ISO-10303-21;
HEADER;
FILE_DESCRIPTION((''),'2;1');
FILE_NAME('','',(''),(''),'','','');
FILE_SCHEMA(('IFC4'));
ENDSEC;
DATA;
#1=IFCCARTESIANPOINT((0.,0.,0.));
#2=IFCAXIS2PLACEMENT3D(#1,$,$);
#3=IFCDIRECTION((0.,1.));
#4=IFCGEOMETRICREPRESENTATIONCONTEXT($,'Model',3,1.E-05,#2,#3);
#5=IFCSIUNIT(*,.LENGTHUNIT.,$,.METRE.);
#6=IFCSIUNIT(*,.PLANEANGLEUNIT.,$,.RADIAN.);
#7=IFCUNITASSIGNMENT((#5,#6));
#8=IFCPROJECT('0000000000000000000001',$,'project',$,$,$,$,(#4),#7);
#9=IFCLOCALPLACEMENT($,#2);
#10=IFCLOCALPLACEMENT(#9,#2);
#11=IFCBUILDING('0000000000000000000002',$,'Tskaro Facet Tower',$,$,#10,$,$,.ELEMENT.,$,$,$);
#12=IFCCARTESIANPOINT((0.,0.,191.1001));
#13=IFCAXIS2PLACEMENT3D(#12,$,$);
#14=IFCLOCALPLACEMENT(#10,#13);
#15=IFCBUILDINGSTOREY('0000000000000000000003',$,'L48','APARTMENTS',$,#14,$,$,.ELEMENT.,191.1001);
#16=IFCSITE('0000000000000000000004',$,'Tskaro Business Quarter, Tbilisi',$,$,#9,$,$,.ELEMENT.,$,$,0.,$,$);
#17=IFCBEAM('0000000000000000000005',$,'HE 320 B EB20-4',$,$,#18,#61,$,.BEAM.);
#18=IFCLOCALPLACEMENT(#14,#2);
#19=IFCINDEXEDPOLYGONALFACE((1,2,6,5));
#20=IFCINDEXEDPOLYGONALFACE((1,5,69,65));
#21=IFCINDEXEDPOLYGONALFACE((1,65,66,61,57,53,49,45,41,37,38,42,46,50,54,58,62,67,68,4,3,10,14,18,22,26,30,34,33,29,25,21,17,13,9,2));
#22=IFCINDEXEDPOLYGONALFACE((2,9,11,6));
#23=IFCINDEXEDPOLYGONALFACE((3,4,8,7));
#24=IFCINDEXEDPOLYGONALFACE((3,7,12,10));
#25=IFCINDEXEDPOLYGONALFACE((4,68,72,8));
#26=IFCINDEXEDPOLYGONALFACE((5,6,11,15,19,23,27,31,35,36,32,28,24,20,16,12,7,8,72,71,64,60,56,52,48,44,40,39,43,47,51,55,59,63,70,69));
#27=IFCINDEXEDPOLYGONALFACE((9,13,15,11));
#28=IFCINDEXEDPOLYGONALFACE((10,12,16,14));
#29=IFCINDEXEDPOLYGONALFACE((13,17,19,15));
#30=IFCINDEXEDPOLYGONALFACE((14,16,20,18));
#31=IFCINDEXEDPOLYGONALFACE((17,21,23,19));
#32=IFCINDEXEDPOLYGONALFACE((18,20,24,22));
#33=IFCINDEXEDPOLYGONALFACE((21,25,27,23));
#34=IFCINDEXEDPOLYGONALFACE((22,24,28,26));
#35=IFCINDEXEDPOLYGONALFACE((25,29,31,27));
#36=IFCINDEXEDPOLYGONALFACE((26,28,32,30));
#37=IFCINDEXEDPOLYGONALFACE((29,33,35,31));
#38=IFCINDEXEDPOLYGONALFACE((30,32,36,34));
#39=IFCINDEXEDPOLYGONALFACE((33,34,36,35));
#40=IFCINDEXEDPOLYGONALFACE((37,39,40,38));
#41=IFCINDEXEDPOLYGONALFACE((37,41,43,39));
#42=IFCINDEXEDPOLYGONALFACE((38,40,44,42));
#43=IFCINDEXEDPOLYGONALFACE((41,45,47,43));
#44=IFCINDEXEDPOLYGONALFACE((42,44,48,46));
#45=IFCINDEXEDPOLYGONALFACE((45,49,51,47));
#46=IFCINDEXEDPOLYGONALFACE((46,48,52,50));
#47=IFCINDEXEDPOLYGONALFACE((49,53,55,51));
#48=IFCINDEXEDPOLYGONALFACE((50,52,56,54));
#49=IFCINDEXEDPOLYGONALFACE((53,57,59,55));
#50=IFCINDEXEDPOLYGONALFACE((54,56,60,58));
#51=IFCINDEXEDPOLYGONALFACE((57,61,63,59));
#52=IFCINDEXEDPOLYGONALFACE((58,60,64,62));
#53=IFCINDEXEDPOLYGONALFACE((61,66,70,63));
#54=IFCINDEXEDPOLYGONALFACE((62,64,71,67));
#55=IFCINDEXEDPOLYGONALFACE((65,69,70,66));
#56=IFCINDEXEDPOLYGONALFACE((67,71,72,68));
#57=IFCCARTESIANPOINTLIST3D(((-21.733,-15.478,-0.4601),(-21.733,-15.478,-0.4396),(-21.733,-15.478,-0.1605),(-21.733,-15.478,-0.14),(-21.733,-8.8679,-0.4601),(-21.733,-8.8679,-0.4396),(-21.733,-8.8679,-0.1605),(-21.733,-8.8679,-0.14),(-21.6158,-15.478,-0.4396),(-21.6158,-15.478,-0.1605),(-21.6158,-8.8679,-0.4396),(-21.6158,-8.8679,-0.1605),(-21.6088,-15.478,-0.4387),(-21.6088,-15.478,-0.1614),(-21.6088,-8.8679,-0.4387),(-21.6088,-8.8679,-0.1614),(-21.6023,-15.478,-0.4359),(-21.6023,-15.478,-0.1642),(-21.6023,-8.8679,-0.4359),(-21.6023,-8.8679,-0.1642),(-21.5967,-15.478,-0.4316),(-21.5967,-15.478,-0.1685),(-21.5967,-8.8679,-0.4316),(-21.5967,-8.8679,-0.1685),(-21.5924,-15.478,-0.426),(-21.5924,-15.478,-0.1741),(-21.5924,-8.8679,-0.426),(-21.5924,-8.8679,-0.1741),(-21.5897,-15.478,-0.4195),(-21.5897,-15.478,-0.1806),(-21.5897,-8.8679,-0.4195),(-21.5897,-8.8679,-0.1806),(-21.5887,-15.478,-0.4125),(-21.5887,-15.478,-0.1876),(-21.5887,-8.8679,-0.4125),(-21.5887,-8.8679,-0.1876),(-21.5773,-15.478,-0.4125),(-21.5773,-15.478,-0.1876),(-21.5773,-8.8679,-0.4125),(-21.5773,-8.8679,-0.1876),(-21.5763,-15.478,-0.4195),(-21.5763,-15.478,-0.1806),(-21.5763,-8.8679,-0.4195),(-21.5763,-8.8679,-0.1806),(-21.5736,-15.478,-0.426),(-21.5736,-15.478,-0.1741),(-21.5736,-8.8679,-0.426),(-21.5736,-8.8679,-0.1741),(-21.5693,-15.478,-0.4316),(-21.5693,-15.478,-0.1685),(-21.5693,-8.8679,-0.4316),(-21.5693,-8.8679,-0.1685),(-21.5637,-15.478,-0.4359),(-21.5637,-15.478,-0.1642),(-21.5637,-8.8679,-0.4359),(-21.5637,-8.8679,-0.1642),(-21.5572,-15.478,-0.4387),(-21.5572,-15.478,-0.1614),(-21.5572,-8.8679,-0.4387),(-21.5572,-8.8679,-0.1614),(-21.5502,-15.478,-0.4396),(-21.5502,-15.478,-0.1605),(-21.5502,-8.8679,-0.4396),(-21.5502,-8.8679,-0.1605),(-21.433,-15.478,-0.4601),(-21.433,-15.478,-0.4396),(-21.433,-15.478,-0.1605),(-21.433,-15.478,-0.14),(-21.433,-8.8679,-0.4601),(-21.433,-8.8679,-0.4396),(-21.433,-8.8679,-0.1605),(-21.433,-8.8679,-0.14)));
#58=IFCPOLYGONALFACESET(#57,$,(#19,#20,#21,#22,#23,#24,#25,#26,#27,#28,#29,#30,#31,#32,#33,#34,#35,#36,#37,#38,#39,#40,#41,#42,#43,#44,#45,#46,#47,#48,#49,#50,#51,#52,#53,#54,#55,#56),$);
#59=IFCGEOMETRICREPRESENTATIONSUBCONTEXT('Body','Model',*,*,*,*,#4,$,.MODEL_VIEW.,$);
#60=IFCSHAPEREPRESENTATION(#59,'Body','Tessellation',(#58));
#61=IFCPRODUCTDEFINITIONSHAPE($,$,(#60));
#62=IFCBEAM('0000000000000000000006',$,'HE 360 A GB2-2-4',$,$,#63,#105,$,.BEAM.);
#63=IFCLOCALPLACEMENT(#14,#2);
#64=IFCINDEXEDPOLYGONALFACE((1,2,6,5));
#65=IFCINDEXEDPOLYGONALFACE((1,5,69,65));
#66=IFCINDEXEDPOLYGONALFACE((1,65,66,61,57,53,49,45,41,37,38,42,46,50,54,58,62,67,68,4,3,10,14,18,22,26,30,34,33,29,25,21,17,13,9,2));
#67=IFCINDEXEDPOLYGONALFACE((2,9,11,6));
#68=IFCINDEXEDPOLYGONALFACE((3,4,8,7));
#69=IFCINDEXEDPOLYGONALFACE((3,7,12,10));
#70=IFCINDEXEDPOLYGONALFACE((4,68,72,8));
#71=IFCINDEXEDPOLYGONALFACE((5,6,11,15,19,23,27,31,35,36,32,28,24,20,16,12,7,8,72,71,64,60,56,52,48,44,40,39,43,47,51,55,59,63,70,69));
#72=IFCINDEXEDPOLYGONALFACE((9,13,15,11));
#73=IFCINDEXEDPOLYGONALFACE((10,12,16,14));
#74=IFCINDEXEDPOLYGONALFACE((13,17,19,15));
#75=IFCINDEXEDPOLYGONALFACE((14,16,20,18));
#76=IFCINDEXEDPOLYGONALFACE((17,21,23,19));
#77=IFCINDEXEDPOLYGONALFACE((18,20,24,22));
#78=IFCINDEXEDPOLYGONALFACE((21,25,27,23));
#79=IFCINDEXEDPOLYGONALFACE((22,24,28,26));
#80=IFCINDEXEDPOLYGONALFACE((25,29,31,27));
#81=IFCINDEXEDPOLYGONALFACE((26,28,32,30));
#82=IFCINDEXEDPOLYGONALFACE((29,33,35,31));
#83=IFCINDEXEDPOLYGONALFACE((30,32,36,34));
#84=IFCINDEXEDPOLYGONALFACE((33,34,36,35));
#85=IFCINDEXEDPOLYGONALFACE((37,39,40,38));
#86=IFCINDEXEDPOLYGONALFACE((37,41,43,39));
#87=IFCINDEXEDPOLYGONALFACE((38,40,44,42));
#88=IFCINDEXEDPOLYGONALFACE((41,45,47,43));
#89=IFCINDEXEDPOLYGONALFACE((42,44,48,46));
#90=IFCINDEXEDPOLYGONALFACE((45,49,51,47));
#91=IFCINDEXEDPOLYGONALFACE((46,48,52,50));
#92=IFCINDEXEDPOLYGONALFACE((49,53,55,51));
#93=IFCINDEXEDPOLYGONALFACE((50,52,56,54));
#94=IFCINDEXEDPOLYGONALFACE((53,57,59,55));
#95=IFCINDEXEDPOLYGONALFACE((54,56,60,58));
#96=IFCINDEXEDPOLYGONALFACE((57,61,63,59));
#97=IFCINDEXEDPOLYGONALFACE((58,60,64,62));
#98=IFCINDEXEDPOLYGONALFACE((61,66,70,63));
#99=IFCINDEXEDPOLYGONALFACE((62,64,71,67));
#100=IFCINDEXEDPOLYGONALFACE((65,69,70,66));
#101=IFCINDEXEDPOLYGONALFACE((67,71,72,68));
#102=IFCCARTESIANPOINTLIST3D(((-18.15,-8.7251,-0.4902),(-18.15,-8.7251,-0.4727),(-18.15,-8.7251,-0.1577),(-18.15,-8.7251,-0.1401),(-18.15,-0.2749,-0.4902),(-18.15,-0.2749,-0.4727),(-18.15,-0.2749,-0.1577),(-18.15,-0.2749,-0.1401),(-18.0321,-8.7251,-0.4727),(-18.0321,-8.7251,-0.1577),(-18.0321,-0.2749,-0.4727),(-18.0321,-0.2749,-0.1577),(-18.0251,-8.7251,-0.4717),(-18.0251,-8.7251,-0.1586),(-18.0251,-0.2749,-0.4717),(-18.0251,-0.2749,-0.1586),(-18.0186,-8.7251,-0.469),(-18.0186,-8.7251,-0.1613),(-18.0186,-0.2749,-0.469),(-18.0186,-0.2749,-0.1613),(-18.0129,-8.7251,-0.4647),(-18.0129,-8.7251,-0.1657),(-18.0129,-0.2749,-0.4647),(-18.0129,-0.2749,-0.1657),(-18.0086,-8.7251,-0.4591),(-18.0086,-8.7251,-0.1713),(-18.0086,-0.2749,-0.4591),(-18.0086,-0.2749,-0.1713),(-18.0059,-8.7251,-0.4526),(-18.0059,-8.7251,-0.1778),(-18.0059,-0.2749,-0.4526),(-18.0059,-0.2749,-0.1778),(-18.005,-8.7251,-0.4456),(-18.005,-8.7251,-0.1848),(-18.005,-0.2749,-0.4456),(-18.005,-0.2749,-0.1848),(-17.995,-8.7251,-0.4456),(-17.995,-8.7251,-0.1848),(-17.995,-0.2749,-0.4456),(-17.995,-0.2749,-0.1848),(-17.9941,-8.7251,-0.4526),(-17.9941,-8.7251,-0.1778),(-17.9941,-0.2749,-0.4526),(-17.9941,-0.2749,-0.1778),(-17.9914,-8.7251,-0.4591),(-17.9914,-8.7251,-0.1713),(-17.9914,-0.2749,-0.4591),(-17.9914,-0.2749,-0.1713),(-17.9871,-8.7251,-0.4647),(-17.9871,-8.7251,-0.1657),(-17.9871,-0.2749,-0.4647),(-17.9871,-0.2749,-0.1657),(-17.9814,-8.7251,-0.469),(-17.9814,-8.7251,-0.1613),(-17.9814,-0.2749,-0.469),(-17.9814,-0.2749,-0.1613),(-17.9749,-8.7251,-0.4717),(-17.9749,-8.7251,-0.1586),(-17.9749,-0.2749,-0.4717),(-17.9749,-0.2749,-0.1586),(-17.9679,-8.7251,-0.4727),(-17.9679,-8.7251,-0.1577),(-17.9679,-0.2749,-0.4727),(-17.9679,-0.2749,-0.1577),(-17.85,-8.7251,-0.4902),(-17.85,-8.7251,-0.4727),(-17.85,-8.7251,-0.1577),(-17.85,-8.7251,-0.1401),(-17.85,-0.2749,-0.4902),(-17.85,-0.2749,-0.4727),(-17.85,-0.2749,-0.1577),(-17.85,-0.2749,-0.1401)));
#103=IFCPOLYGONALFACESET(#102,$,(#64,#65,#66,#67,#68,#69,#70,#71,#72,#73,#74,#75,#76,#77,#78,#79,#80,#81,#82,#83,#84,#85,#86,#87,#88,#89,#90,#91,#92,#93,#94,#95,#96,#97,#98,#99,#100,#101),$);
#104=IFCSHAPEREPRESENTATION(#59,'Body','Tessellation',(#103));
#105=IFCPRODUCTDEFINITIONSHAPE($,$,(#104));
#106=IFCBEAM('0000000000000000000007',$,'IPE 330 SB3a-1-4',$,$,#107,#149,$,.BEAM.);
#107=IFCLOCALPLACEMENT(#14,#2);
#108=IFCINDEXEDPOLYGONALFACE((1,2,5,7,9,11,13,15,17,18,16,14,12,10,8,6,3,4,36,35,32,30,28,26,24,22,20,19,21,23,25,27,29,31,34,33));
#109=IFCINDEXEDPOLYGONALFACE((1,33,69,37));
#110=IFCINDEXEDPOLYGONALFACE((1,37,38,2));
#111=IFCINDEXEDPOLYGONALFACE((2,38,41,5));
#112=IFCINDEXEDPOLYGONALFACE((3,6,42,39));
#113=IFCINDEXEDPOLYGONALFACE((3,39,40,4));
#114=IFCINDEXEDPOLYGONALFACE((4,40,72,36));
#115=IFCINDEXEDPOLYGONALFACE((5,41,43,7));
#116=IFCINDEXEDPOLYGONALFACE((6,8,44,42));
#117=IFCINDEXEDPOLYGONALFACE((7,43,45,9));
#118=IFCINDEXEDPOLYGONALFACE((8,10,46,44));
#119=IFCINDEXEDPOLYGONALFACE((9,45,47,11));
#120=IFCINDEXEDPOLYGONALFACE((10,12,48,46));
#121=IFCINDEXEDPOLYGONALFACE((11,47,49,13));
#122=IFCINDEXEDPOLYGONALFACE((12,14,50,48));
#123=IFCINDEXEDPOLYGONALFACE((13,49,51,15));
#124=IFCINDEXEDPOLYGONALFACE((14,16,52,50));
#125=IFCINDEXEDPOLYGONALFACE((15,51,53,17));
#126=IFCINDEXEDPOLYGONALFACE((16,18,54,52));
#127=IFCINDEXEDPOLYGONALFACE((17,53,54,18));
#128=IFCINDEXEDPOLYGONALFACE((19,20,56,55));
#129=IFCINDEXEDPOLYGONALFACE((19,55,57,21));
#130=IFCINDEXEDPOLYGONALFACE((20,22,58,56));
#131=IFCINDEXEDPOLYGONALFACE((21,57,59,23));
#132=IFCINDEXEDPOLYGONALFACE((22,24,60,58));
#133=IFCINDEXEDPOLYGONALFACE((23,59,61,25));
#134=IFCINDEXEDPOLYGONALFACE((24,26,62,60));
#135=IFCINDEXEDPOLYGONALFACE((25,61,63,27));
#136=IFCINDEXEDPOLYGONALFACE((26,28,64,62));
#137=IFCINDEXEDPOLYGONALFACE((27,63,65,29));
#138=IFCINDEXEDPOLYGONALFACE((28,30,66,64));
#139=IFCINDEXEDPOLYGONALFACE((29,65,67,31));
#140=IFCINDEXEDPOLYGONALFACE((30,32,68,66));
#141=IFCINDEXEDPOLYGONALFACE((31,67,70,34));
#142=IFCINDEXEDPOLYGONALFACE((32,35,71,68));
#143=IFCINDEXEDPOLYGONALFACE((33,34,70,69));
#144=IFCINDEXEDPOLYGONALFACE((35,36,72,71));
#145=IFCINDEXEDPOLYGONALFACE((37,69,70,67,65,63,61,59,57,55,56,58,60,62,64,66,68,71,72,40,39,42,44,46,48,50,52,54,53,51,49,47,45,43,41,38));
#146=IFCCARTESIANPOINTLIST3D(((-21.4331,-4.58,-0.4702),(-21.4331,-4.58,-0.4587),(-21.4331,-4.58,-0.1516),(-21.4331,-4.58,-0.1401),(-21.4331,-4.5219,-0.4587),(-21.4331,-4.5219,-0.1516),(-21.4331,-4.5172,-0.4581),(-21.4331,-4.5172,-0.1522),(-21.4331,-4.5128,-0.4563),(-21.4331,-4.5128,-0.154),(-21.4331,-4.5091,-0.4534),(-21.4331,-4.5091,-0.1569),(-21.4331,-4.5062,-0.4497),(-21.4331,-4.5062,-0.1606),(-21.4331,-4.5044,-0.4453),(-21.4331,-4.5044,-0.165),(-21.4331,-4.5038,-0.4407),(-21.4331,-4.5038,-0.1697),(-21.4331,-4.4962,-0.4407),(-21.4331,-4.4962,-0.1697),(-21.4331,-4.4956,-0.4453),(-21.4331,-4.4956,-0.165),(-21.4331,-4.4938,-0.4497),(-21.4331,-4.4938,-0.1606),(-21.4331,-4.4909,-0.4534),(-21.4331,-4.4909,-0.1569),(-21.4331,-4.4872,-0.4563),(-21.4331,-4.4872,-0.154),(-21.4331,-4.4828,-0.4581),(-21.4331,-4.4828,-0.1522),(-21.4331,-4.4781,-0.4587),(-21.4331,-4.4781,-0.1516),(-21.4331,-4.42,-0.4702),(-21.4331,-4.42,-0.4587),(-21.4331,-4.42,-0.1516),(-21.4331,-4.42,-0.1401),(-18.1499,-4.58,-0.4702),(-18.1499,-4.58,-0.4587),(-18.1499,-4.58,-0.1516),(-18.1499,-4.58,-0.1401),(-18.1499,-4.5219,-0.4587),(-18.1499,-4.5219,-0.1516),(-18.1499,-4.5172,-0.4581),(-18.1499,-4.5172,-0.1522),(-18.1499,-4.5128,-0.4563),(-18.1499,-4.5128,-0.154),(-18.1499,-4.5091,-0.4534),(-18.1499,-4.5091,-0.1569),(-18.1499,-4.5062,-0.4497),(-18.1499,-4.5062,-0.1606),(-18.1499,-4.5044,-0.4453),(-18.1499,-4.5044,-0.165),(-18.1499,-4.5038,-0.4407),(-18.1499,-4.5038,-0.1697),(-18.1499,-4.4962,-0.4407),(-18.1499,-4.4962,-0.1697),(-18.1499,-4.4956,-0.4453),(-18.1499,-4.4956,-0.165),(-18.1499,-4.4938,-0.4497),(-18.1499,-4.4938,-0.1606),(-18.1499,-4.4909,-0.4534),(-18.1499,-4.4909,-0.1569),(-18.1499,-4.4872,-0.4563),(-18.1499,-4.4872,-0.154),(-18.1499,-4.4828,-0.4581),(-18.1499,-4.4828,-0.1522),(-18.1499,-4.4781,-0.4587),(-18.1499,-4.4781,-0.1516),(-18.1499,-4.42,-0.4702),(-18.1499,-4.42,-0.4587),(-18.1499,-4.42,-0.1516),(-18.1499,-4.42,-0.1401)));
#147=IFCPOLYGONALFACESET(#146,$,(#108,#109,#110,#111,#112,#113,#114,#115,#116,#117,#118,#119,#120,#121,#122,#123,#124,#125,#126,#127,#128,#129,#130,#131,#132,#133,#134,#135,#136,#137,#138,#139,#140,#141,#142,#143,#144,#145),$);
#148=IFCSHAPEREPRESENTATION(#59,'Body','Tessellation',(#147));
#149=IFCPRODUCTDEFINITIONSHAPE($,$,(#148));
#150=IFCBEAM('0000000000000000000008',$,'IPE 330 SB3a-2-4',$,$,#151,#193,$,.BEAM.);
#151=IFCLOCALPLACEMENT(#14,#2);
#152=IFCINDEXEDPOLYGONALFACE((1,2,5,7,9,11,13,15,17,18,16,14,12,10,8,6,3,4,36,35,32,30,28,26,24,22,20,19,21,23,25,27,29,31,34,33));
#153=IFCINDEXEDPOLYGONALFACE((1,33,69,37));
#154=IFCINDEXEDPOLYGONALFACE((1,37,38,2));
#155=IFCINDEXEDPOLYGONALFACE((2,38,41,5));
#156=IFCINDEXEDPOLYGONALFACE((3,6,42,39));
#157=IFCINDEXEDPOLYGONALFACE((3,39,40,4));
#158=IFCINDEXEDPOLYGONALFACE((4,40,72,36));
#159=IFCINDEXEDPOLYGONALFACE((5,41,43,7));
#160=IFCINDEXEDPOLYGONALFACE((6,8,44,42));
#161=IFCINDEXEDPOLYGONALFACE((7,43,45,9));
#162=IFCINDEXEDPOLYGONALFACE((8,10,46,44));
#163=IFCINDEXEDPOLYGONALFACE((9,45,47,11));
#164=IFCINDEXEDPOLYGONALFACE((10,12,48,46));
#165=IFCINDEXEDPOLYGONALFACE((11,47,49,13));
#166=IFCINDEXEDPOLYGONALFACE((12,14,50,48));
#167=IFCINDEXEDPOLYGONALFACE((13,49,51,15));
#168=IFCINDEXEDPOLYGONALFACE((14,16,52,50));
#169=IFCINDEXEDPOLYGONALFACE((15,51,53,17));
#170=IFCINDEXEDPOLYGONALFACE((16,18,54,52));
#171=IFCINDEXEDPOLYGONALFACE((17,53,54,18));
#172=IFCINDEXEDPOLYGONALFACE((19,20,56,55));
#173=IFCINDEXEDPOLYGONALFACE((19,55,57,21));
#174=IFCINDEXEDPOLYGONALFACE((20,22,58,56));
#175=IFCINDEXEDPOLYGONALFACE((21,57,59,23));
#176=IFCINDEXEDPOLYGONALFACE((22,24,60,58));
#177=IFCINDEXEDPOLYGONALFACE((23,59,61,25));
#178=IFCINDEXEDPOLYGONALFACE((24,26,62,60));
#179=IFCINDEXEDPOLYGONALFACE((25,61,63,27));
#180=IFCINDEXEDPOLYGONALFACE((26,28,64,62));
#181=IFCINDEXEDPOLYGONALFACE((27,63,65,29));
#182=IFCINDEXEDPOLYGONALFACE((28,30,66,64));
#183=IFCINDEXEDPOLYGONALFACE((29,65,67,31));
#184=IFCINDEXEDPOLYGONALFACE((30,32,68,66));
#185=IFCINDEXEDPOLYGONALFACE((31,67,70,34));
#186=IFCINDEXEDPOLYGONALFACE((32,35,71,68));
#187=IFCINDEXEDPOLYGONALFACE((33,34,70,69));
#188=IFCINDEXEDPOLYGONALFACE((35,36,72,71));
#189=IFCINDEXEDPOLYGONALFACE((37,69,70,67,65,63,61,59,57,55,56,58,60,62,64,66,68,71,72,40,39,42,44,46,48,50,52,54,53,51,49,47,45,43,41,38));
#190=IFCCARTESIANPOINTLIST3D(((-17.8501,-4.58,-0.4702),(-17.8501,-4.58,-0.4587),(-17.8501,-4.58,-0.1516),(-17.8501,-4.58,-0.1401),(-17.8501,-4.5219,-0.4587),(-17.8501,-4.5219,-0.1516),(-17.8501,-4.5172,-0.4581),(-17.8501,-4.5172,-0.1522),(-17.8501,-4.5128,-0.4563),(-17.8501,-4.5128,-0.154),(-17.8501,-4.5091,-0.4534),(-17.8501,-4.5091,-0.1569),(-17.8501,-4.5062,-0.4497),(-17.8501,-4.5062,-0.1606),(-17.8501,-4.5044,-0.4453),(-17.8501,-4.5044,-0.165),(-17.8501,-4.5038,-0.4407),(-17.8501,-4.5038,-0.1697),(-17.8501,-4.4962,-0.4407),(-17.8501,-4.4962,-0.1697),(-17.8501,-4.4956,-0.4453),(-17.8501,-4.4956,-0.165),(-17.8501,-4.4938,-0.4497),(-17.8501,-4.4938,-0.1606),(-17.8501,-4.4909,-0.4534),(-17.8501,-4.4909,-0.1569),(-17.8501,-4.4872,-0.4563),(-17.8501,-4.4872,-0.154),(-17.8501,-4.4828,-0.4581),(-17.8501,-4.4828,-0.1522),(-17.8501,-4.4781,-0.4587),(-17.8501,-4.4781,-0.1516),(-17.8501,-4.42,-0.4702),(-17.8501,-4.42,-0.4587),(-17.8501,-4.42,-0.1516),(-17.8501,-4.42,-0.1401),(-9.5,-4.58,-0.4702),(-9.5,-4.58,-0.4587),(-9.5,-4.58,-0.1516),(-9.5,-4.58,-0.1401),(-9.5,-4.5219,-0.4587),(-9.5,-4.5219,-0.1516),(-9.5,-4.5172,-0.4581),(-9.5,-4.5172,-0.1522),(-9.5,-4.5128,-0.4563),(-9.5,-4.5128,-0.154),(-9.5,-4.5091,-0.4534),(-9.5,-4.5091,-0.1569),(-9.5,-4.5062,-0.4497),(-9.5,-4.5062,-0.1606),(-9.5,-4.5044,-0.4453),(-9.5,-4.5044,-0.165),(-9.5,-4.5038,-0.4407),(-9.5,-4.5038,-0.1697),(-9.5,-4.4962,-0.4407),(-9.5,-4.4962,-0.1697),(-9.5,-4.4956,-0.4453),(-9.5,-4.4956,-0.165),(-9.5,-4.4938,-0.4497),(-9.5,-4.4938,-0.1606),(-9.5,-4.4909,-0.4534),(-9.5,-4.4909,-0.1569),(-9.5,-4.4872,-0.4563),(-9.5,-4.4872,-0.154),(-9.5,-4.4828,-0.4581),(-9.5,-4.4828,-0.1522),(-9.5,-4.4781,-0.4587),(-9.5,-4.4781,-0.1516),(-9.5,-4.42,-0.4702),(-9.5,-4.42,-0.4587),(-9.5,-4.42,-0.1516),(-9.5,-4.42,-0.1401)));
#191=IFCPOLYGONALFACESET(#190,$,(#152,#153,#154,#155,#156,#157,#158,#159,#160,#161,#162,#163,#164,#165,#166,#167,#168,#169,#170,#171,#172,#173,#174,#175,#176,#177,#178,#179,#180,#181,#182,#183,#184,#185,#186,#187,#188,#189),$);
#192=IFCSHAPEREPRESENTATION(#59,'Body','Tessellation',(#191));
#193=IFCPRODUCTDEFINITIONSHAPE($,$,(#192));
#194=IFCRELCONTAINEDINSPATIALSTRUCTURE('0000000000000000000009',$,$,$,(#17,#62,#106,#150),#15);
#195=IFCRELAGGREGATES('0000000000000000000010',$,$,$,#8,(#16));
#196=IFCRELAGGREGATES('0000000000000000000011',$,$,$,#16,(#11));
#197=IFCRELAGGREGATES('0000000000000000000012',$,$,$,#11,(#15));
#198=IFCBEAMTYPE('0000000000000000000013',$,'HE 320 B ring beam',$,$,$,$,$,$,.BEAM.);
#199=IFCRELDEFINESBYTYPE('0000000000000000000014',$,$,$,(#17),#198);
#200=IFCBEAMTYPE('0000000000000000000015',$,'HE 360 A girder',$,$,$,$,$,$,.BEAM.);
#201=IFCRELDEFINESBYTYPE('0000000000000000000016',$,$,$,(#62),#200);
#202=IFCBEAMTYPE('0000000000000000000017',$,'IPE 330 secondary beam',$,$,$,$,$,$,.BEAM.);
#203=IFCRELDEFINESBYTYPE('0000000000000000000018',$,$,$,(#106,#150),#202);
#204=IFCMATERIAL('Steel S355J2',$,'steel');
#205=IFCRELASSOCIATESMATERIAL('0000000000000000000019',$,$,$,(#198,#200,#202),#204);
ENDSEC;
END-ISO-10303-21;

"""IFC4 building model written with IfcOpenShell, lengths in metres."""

from ifc_helpers import new_model, si_unit, direction, frame, origin, origin_2d, place, context, subcontext, project, spatial, i_section, extrude, material, material_profile, profile_set, type_object, element, save


model = new_model("IFC4")

# Units and contexts
model_context = context("Model", 3, precision=1e-05, world=origin(), true_north=direction((0.0, 1.0)))
body_context = subcontext(model_context, "Body", "Model", "MODEL_VIEW")
ifc_project = project(units=[si_unit("LENGTHUNIT", "METRE"), si_unit("PLANEANGLEUNIT", "RADIAN")], contexts=[model_context])

# Site, building, storey
site_placement = place(None, origin())
site = spatial("IfcSite", under=ifc_project, at=site_placement, Name="Tskaro Business Quarter, Tbilisi", CompositionType="ELEMENT", RefElevation=0.0)
building_placement = place(site_placement, origin())
building = spatial("IfcBuilding", under=site, at=building_placement, Name="Tskaro Facet Tower", CompositionType="ELEMENT")
storey_placement = place(building_placement, frame((0.0, 0.0, 191.1001)))
storey = spatial("IfcBuildingStorey", under=building, at=storey_placement, Name="L48", Description="APARTMENTS", CompositionType="ELEMENT", Elevation=191.1001)

# Beams
ifc_material_1 = material(Name="Steel S355J2", Category="steel")
ifc_material_profile_1 = material_profile(ifc_material_1, i_section(OverallWidth=0.3, OverallDepth=0.3201, WebThickness=0.0115, FlangeThickness=0.0205, FilletRadius=0.0271, at=origin_2d()), Name="HE 320 B")
ifc_profile_set_1 = profile_set([ifc_material_profile_1], Name="Steel S355J2")
beam_type_1 = type_object("IfcBeamType", Name="HE 320 B ring beam", PredefinedType="BEAM", material=ifc_profile_set_1)
for number, where, z_axis, x_axis, name in (
    (1, (-21.583, -8.8679, -0.3), (0.0, -1.0, 0.0), (1.0, 0.0, 0.0), "HE 320 B EB20-4"),
):
    element("IfcBeam", number, at=place(storey_placement, frame(where, z_axis=z_axis, x_axis=x_axis)), inside=storey, type_object=beam_type_1, Name=name, PredefinedType="BEAM", context=body_context, shape_type="SweptSolid", body=[
        extrude(i_section(OverallWidth=0.3, OverallDepth=0.3201, WebThickness=0.0115, FlangeThickness=0.0205, FilletRadius=0.0271, at=origin_2d()), origin(), (0.0, 0.0, 1.0), 6.6101),
    ])
ifc_material_profile_2 = material_profile(ifc_material_1, i_section(OverallWidth=0.3, OverallDepth=0.3501, WebThickness=0.01, FlangeThickness=0.0176, FilletRadius=0.0271, at=origin_2d()), Name="HE 360 A")
ifc_profile_set_2 = profile_set([ifc_material_profile_2], Name="Steel S355J2")
beam_type_2 = type_object("IfcBeamType", Name="HE 360 A girder", PredefinedType="BEAM", material=ifc_profile_set_2)
beam_1_placement = place(storey_placement, frame((-18.0, -8.7251, -0.3152), z_axis=(0.0, 1.0, 0.0), x_axis=(-1.0, 0.0, 0.0)))
element("IfcBeam", 2, at=beam_1_placement, inside=storey, type_object=beam_type_2, Name="HE 360 A GB2-2-4", PredefinedType="BEAM", context=body_context, shape_type="SweptSolid", body=[
    extrude(i_section(OverallWidth=0.3, OverallDepth=0.3501, WebThickness=0.01, FlangeThickness=0.0176, FilletRadius=0.0271, at=origin_2d()), origin(), (0.0, 0.0, 1.0), 8.4502),
])
ifc_material_profile_3 = material_profile(ifc_material_1, i_section(OverallWidth=0.1599, OverallDepth=0.3301, WebThickness=0.0076, FlangeThickness=0.0115, FilletRadius=0.0181, at=origin_2d()), Name="IPE 330")
ifc_profile_set_3 = profile_set([ifc_material_profile_3], Name="Steel S355J2")
beam_type_3 = type_object("IfcBeamType", Name="IPE 330 secondary beam", PredefinedType="BEAM", material=ifc_profile_set_3)
beam_2_placement = place(storey_placement, frame((-21.4331, -4.5, -0.3052), z_axis=(1.0, 0.0, 0.0), x_axis=(0.0, 1.0, 0.0)))
element("IfcBeam", 3, at=beam_2_placement, inside=storey, type_object=beam_type_3, Name="IPE 330 SB3a-1-4", PredefinedType="BEAM", context=body_context, shape_type="SweptSolid", body=[
    extrude(i_section(OverallWidth=0.1599, OverallDepth=0.3301, WebThickness=0.0076, FlangeThickness=0.0115, FilletRadius=0.0181, at=origin_2d()), origin(), (0.0, 0.0, 1.0), 3.2832),
])
beam_3_placement = place(storey_placement, frame((-17.8501, -4.5, -0.3052), z_axis=(1.0, 0.0, 0.0), x_axis=(0.0, 1.0, 0.0)))
element("IfcBeam", 4, at=beam_3_placement, inside=storey, type_object=beam_type_3, Name="IPE 330 SB3a-2-4", PredefinedType="BEAM", context=body_context, shape_type="SweptSolid", body=[
    extrude(i_section(OverallWidth=0.1599, OverallDepth=0.3301, WebThickness=0.0076, FlangeThickness=0.0115, FilletRadius=0.0181, at=origin_2d()), origin(), (0.0, 0.0, 1.0), 8.3501),
])

save(model, "model.ifc")
